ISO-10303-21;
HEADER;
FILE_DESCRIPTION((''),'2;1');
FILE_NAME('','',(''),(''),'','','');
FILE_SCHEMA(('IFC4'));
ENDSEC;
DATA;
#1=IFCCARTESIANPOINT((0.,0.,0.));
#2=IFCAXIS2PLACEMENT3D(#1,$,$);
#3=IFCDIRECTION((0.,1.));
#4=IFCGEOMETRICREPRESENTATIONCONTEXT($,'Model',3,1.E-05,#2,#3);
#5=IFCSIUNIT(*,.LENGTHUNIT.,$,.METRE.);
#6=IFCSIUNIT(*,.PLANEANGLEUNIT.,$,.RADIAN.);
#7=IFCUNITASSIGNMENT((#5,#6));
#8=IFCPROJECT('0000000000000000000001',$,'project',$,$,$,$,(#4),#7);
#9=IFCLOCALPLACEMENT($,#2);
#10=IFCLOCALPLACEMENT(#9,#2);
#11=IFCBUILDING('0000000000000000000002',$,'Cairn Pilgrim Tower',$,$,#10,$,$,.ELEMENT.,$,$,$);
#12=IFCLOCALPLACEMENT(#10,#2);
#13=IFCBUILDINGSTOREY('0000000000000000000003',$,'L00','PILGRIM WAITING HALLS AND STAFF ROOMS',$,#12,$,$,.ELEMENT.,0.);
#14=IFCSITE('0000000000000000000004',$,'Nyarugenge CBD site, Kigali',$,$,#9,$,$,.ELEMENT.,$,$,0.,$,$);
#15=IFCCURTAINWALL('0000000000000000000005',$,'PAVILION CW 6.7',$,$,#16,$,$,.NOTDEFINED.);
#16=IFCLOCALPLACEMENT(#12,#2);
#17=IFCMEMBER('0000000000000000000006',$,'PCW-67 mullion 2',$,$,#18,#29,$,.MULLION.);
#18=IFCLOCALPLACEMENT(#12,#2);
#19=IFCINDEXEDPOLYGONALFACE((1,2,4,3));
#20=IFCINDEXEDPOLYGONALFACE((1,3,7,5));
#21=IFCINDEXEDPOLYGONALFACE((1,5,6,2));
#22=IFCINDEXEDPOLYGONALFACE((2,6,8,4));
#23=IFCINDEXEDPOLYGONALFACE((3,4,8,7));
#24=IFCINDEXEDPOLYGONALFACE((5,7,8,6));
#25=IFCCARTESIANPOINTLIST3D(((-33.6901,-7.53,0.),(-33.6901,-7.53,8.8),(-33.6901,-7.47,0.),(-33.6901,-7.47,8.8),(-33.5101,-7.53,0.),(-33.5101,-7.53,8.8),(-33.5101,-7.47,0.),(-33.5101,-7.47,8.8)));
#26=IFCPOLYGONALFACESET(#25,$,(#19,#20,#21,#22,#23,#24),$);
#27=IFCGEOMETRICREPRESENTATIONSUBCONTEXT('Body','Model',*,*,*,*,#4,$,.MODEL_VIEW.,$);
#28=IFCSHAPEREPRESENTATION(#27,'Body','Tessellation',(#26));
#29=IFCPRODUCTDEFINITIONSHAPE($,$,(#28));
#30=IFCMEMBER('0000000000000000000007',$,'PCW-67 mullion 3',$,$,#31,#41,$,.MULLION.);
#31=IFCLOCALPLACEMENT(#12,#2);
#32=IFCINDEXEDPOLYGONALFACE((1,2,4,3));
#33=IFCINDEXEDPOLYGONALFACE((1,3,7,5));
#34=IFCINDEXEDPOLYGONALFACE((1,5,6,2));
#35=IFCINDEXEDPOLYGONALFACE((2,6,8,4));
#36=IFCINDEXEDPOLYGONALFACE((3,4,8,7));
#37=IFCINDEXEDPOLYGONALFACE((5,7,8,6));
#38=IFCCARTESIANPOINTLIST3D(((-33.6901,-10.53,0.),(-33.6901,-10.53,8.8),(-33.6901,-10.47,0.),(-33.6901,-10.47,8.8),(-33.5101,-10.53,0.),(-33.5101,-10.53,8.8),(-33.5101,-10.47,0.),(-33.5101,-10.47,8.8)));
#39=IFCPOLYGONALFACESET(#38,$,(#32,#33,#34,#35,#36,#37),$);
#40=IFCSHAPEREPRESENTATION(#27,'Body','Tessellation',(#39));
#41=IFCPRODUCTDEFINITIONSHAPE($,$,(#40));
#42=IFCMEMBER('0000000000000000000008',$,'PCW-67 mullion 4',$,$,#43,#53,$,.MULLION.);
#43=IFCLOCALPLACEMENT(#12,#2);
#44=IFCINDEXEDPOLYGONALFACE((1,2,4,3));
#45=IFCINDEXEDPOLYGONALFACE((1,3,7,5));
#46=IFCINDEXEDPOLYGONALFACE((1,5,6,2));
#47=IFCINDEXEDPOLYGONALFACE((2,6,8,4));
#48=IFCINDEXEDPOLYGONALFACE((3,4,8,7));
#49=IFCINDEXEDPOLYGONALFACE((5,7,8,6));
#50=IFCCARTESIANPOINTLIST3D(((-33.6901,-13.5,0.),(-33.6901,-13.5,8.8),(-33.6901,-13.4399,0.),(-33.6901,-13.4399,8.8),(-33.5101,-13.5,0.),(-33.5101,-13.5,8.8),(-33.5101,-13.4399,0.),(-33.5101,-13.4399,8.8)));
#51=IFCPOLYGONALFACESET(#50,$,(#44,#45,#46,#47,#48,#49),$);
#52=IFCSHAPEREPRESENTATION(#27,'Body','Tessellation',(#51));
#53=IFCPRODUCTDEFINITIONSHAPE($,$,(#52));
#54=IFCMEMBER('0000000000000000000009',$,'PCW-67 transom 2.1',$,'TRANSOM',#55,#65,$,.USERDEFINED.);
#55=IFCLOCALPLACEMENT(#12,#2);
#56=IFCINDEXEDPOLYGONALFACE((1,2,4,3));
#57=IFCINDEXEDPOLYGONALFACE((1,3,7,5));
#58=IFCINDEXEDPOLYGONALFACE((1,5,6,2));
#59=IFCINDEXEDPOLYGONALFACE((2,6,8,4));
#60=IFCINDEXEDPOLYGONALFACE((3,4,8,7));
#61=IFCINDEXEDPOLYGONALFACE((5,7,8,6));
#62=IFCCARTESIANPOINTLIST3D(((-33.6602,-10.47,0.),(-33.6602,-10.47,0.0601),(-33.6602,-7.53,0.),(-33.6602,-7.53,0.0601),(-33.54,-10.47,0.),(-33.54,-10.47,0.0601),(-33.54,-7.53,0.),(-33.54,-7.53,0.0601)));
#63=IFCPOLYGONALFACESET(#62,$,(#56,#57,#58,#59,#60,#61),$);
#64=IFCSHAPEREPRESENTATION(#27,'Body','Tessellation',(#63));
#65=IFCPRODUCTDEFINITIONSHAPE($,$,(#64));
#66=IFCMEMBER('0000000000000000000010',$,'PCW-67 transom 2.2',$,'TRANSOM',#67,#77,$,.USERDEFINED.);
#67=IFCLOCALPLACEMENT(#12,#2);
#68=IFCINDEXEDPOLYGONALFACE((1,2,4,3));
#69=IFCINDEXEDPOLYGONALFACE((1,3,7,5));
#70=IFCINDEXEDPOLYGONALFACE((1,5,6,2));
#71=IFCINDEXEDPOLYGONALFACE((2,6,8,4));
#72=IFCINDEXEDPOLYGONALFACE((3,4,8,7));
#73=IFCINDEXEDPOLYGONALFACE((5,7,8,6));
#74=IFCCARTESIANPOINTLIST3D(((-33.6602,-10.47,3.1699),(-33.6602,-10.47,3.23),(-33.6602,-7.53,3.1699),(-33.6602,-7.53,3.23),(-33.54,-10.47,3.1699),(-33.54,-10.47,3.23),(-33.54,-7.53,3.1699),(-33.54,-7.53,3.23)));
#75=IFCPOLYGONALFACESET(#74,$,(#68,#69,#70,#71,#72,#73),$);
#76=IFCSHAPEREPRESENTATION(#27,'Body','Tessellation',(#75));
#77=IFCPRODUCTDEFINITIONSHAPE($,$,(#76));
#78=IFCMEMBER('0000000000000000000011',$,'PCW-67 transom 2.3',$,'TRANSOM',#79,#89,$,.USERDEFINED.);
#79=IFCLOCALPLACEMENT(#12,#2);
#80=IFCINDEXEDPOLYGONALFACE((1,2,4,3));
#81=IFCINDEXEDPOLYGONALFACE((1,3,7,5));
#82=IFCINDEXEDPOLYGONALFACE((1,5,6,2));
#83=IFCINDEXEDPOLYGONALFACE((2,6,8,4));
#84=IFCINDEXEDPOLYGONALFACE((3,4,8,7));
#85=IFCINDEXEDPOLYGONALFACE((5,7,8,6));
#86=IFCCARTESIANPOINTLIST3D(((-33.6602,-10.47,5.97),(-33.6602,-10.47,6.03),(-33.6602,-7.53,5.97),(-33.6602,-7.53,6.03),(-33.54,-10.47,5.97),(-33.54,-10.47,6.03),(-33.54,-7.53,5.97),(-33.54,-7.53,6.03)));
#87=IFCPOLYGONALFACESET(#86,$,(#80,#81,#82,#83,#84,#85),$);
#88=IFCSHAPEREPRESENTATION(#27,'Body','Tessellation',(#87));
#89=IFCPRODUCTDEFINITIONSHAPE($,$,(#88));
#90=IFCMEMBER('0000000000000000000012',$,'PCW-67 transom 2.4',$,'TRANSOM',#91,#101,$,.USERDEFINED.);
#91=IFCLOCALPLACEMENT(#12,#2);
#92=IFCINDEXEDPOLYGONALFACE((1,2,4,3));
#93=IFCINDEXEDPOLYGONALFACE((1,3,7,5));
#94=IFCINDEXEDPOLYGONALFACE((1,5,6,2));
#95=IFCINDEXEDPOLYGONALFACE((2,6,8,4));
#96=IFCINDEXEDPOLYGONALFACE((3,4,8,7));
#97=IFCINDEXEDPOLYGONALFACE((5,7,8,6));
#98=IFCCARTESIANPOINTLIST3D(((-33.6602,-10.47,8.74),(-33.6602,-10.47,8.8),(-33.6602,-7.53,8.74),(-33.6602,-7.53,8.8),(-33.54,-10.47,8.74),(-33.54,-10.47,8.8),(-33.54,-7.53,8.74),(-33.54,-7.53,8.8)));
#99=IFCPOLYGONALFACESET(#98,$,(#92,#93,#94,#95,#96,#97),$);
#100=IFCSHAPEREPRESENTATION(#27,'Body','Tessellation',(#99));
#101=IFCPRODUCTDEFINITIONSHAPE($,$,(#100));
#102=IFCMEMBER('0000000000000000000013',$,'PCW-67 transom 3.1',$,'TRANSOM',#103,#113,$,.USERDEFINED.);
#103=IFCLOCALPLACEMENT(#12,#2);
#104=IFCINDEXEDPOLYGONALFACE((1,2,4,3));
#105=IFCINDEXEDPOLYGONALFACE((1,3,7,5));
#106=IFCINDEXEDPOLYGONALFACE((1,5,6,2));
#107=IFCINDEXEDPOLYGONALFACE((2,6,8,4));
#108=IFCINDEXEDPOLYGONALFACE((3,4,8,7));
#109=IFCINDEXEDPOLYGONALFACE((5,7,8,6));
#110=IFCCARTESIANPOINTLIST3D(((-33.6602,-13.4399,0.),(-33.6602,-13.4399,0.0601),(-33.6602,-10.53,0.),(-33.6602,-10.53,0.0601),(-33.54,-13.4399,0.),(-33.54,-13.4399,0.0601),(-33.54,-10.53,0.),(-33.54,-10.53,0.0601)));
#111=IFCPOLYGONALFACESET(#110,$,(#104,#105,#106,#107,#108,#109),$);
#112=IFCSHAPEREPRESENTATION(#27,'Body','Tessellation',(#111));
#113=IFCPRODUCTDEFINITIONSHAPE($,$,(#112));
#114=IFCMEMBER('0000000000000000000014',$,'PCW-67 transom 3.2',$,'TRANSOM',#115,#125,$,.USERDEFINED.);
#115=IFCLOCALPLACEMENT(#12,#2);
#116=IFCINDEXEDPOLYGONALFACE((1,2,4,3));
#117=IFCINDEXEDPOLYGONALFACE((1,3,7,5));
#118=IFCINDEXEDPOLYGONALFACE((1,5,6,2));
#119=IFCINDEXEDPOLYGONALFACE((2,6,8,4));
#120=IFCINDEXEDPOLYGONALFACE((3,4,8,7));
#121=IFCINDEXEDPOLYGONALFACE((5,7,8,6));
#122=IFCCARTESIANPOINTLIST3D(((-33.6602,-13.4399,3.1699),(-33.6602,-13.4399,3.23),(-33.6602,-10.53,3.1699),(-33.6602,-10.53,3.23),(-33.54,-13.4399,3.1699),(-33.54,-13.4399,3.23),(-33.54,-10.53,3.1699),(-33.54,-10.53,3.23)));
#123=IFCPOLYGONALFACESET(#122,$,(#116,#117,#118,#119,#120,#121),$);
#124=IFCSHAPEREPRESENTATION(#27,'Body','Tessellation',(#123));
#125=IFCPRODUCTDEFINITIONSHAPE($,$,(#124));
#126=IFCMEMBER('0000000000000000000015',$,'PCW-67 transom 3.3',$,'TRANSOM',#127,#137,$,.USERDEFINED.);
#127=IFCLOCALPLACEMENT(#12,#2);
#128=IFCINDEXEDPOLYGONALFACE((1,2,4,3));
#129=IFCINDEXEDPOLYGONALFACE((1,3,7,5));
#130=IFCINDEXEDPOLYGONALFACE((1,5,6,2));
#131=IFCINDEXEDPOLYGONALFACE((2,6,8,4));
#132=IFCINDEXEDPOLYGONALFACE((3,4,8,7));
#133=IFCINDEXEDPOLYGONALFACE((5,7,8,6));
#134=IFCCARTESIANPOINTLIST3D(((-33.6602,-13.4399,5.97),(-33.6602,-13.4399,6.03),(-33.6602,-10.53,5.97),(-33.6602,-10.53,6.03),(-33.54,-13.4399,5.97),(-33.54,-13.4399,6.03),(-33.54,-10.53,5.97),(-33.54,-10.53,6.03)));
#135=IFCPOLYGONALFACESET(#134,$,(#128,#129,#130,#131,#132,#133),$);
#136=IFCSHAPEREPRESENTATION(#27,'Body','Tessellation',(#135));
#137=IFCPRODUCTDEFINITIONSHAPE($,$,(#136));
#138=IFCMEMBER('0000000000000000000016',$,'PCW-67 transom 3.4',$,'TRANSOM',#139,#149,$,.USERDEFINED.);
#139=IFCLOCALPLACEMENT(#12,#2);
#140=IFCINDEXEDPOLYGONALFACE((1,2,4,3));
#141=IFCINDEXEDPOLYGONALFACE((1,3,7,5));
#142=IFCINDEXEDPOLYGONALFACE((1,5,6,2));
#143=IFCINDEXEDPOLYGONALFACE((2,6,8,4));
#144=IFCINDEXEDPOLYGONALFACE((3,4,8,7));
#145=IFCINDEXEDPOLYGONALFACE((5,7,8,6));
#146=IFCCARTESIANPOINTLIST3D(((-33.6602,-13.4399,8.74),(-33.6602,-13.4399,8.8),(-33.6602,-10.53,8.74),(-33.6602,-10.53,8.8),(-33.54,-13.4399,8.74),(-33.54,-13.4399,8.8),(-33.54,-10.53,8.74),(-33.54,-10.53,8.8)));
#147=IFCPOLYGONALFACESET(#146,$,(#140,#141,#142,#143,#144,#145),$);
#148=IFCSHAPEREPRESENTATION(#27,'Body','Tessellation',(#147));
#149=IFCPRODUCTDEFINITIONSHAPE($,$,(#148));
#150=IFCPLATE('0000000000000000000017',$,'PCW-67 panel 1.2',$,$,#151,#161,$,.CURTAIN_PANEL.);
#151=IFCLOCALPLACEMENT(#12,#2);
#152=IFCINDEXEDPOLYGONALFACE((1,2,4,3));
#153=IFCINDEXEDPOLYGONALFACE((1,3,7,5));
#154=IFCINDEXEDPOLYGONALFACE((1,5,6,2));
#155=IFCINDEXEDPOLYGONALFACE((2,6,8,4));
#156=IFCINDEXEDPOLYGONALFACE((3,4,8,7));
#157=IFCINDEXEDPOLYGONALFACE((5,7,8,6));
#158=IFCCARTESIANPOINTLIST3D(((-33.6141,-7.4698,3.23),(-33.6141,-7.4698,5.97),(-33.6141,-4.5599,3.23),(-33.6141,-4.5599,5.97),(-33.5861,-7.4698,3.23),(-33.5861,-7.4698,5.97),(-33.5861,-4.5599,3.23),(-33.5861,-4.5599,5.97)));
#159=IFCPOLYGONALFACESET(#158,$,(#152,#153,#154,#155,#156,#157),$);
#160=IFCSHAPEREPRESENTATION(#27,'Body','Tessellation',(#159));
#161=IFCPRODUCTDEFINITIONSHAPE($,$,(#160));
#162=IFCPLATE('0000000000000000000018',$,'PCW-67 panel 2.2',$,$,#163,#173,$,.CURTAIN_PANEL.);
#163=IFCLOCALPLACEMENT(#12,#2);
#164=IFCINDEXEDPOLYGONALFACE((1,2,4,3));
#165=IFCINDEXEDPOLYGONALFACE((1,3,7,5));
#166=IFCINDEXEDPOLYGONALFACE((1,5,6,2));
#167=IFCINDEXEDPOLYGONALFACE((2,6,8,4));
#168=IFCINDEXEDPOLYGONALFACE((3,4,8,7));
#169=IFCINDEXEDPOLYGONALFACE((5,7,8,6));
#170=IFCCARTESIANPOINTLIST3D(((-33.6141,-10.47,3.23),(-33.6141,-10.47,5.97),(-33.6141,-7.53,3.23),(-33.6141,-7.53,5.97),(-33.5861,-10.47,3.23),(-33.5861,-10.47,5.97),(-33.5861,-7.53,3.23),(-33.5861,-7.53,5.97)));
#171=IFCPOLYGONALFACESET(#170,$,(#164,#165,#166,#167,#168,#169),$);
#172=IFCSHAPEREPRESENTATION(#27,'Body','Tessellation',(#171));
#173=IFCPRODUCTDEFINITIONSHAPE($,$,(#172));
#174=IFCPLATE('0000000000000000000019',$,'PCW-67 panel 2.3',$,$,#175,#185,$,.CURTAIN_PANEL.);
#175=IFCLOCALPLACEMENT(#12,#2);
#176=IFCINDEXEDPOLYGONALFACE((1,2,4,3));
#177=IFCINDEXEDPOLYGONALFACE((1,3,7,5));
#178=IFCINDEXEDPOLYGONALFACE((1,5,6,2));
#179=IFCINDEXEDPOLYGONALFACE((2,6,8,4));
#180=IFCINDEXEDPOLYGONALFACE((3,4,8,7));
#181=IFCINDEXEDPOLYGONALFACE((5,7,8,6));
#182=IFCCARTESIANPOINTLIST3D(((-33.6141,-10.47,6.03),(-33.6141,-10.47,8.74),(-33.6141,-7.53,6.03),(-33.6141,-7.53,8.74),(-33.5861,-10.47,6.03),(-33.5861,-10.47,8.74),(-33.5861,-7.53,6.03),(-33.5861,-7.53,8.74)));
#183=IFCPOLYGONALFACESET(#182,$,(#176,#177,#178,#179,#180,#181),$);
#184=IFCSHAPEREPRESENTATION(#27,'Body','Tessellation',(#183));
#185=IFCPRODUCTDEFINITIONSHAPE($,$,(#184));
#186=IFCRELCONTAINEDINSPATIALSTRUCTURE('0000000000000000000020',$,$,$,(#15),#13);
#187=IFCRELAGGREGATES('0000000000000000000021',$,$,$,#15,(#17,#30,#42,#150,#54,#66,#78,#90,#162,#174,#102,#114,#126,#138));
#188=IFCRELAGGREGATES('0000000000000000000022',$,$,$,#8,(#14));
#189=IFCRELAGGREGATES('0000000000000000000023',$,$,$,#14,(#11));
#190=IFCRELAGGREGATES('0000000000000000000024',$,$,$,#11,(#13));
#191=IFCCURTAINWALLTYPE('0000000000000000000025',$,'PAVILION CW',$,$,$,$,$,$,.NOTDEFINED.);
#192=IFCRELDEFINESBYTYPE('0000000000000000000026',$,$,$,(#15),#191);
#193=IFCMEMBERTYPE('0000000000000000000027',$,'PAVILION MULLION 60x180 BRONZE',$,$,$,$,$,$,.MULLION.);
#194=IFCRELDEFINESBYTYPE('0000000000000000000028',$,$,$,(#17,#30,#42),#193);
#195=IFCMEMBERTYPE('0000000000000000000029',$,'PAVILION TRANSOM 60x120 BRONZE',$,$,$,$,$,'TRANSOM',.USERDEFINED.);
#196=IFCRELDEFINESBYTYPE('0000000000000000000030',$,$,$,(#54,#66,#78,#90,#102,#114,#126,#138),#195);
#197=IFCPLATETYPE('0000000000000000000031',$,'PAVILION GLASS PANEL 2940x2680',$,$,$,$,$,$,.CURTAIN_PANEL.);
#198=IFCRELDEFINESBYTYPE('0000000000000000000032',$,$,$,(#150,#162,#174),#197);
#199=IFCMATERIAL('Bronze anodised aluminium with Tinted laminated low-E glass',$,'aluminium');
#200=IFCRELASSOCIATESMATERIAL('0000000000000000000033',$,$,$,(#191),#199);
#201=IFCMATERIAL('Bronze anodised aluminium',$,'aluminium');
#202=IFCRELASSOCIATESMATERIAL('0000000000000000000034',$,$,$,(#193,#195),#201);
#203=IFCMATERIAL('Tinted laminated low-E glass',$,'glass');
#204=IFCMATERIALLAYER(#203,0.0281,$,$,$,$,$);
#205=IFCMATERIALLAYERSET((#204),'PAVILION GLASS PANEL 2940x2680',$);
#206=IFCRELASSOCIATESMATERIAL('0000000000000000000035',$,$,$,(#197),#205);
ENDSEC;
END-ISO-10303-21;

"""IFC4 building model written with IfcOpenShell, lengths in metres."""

from ifc_helpers import new_model, si_unit, direction, frame, origin, origin_2d, place, context, subcontext, project, spatial, rectangle, extrude, material, layer, layer_set, material_profile, profile_set, type_object, element, aggregate, save


model = new_model("IFC4")

# Units and contexts
model_context = context("Model", 3, precision=1e-05, world=origin(), true_north=direction((0.0, 1.0)))
body_context = subcontext(model_context, "Body", "Model", "MODEL_VIEW")
ifc_project = project(units=[si_unit("LENGTHUNIT", "METRE"), si_unit("PLANEANGLEUNIT", "RADIAN")], contexts=[model_context])

# Site, building, storey
site_placement = place(None, origin())
site = spatial("IfcSite", under=ifc_project, at=site_placement, Name="Nyarugenge CBD site, Kigali", CompositionType="ELEMENT", RefElevation=0.0)
building_placement = place(site_placement, origin())
building = spatial("IfcBuilding", under=site, at=building_placement, Name="Cairn Pilgrim Tower", CompositionType="ELEMENT")
storey_placement = place(building_placement, origin())
storey = spatial("IfcBuildingStorey", under=building, at=storey_placement, Name="L00", Description="PILGRIM WAITING HALLS AND STAFF ROOMS", CompositionType="ELEMENT", Elevation=0.0)

# Curtain wall, members, plates
ifc_material_1 = material(Name="Bronze anodised aluminium with Tinted laminated low-E glass", Category="aluminium")
curtain_wall_type = type_object("IfcCurtainWallType", Name="PAVILION CW", PredefinedType="NOTDEFINED", material=ifc_material_1)
curtain_wall_placement = place(storey_placement, origin())
curtain_wall = element("IfcCurtainWall", 1, at=curtain_wall_placement, inside=storey, type_object=curtain_wall_type, Name="PAVILION CW 6.7", PredefinedType="NOTDEFINED")
ifc_material_2 = material(Name="Bronze anodised aluminium", Category="aluminium")
ifc_material_profile_1 = material_profile(ifc_material_2, rectangle(XDim=0.1799, YDim=0.0601, at=origin_2d()), Name="PAVILION MULLION 60x180 BRONZE")
ifc_profile_set_1 = profile_set([ifc_material_profile_1], Name="Bronze anodised aluminium")
member_type_1 = type_object("IfcMemberType", Name="PAVILION MULLION 60x180 BRONZE", PredefinedType="MULLION", material=ifc_profile_set_1)
member_1_placement = place(storey_placement, frame((-33.6001, -7.5, 0.0), z_axis=(0.0, 0.0, 1.0), x_axis=(1.0, 0.0, 0.0)))
member_1 = element("IfcMember", 2, at=member_1_placement, type_object=member_type_1, Name="PCW-67 mullion 2", PredefinedType="MULLION", context=body_context, shape_type="SweptSolid", body=[
    extrude(rectangle(XDim=0.1799, YDim=0.0601, at=origin_2d()), origin(), (0.0, 0.0, 1.0), 8.8),
])
member_2_placement = place(storey_placement, frame((-33.6001, -10.5, 0.0), z_axis=(0.0, 0.0, 1.0), x_axis=(1.0, 0.0, 0.0)))
member_2 = element("IfcMember", 3, at=member_2_placement, type_object=member_type_1, Name="PCW-67 mullion 3", PredefinedType="MULLION", context=body_context, shape_type="SweptSolid", body=[
    extrude(rectangle(XDim=0.1799, YDim=0.0601, at=origin_2d()), origin(), (0.0, 0.0, 1.0), 8.8),
])
member_3_placement = place(storey_placement, frame((-33.6001, -13.47, 0.0), z_axis=(0.0, 0.0, 1.0), x_axis=(1.0, 0.0, 0.0)))
member_3 = element("IfcMember", 4, at=member_3_placement, type_object=member_type_1, Name="PCW-67 mullion 4", PredefinedType="MULLION", context=body_context, shape_type="SweptSolid", body=[
    extrude(rectangle(XDim=0.1799, YDim=0.0601, at=origin_2d()), origin(), (0.0, 0.0, 1.0), 8.8),
])
ifc_material_profile_2 = material_profile(ifc_material_2, rectangle(XDim=0.1201, YDim=0.0601, at=origin_2d()), Name="PAVILION TRANSOM 60x120 BRONZE")
ifc_profile_set_2 = profile_set([ifc_material_profile_2], Name="Bronze anodised aluminium")
member_type_2 = type_object("IfcMemberType", Name="PAVILION TRANSOM 60x120 BRONZE", ElementType="TRANSOM", PredefinedType="USERDEFINED", material=ifc_profile_set_2)
member_4_placement = place(storey_placement, frame((-33.6001, -7.53, 0.03), z_axis=(0.0, -1.0, 0.0), x_axis=(1.0, 0.0, 0.0)))
member_4 = element("IfcMember", 5, at=member_4_placement, type_object=member_type_2, Name="PCW-67 transom 2.1", ObjectType="TRANSOM", PredefinedType="USERDEFINED", context=body_context, shape_type="SweptSolid", body=[
    extrude(rectangle(XDim=0.1201, YDim=0.0601, at=origin_2d()), origin(), (0.0, 0.0, 1.0), 2.9399),
])
member_5_placement = place(storey_placement, frame((-33.6001, -7.53, 3.2), z_axis=(0.0, -1.0, 0.0), x_axis=(1.0, 0.0, 0.0)))
member_5 = element("IfcMember", 6, at=member_5_placement, type_object=member_type_2, Name="PCW-67 transom 2.2", ObjectType="TRANSOM", PredefinedType="USERDEFINED", context=body_context, shape_type="SweptSolid", body=[
    extrude(rectangle(XDim=0.1201, YDim=0.0601, at=origin_2d()), origin(), (0.0, 0.0, 1.0), 2.9399),
])
member_6_placement = place(storey_placement, frame((-33.6001, -7.53, 6.0), z_axis=(0.0, -1.0, 0.0), x_axis=(1.0, 0.0, 0.0)))
member_6 = element("IfcMember", 7, at=member_6_placement, type_object=member_type_2, Name="PCW-67 transom 2.3", ObjectType="TRANSOM", PredefinedType="USERDEFINED", context=body_context, shape_type="SweptSolid", body=[
    extrude(rectangle(XDim=0.1201, YDim=0.0601, at=origin_2d()), origin(), (0.0, 0.0, 1.0), 2.9399),
])
member_7_placement = place(storey_placement, frame((-33.6001, -7.53, 8.77), z_axis=(0.0, -1.0, 0.0), x_axis=(1.0, 0.0, 0.0)))
member_7 = element("IfcMember", 8, at=member_7_placement, type_object=member_type_2, Name="PCW-67 transom 2.4", ObjectType="TRANSOM", PredefinedType="USERDEFINED", context=body_context, shape_type="SweptSolid", body=[
    extrude(rectangle(XDim=0.1201, YDim=0.0601, at=origin_2d()), origin(), (0.0, 0.0, 1.0), 2.9399),
])
member_8_placement = place(storey_placement, frame((-33.6001, -10.53, 0.03), z_axis=(0.0, -1.0, 0.0), x_axis=(1.0, 0.0, 0.0)))
member_8 = element("IfcMember", 9, at=member_8_placement, type_object=member_type_2, Name="PCW-67 transom 3.1", ObjectType="TRANSOM", PredefinedType="USERDEFINED", context=body_context, shape_type="SweptSolid", body=[
    extrude(rectangle(XDim=0.1201, YDim=0.0601, at=origin_2d()), origin(), (0.0, 0.0, 1.0), 2.9099),
])
member_9_placement = place(storey_placement, frame((-33.6001, -10.53, 3.2), z_axis=(0.0, -1.0, 0.0), x_axis=(1.0, 0.0, 0.0)))
member_9 = element("IfcMember", 10, at=member_9_placement, type_object=member_type_2, Name="PCW-67 transom 3.2", ObjectType="TRANSOM", PredefinedType="USERDEFINED", context=body_context, shape_type="SweptSolid", body=[
    extrude(rectangle(XDim=0.1201, YDim=0.0601, at=origin_2d()), origin(), (0.0, 0.0, 1.0), 2.9099),
])
member_10_placement = place(storey_placement, frame((-33.6001, -10.53, 6.0), z_axis=(0.0, -1.0, 0.0), x_axis=(1.0, 0.0, 0.0)))
member_10 = element("IfcMember", 11, at=member_10_placement, type_object=member_type_2, Name="PCW-67 transom 3.3", ObjectType="TRANSOM", PredefinedType="USERDEFINED", context=body_context, shape_type="SweptSolid", body=[
    extrude(rectangle(XDim=0.1201, YDim=0.0601, at=origin_2d()), origin(), (0.0, 0.0, 1.0), 2.9099),
])
member_11_placement = place(storey_placement, frame((-33.6001, -10.53, 8.77), z_axis=(0.0, -1.0, 0.0), x_axis=(1.0, 0.0, 0.0)))
member_11 = element("IfcMember", 12, at=member_11_placement, type_object=member_type_2, Name="PCW-67 transom 3.4", ObjectType="TRANSOM", PredefinedType="USERDEFINED", context=body_context, shape_type="SweptSolid", body=[
    extrude(rectangle(XDim=0.1201, YDim=0.0601, at=origin_2d()), origin(), (0.0, 0.0, 1.0), 2.9099),
])
ifc_material_3 = material(Name="Tinted laminated low-E glass", Category="glass")
ifc_layer_1 = layer(ifc_material_3, 0.0281)
ifc_layer_set_1 = layer_set([ifc_layer_1], Name="PAVILION GLASS PANEL 2940x2680")
plate_type_1 = type_object("IfcPlateType", Name="PAVILION GLASS PANEL 2940x2680", PredefinedType="CURTAIN_PANEL", material=ifc_layer_set_1)
plate_1_placement = place(storey_placement, frame((-33.6001, -6.0149, 3.23), z_axis=(0.0, 0.0, 1.0), x_axis=(0.0, -1.0, 0.0)))
plate_1 = element("IfcPlate", 13, at=plate_1_placement, type_object=plate_type_1, Name="PCW-67 panel 1.2", PredefinedType="CURTAIN_PANEL", context=body_context, shape_type="SweptSolid", body=[
    extrude(rectangle(XDim=2.9099, YDim=0.0281, at=origin_2d()), origin(), (0.0, 0.0, 1.0), 2.74),
])
plate_2_placement = place(storey_placement, frame((-33.6001, -9.0, 3.23), z_axis=(0.0, 0.0, 1.0), x_axis=(0.0, -1.0, 0.0)))
plate_2 = element("IfcPlate", 14, at=plate_2_placement, type_object=plate_type_1, Name="PCW-67 panel 2.2", PredefinedType="CURTAIN_PANEL", context=body_context, shape_type="SweptSolid", body=[
    extrude(rectangle(XDim=2.9399, YDim=0.0281, at=origin_2d()), origin(), (0.0, 0.0, 1.0), 2.74),
])
plate_3_placement = place(storey_placement, frame((-33.6001, -9.0, 6.03), z_axis=(0.0, 0.0, 1.0), x_axis=(0.0, -1.0, 0.0)))
plate_3 = element("IfcPlate", 15, at=plate_3_placement, type_object=plate_type_1, Name="PCW-67 panel 2.3", PredefinedType="CURTAIN_PANEL", context=body_context, shape_type="SweptSolid", body=[
    extrude(rectangle(XDim=2.9399, YDim=0.0281, at=origin_2d()), origin(), (0.0, 0.0, 1.0), 2.71),
])
aggregate(curtain_wall, [member_1, member_2, member_3, plate_1, member_4, member_5, member_6, member_7, plate_2, plate_3, member_8, member_9, member_10, member_11])

save(model, "model.ifc")
